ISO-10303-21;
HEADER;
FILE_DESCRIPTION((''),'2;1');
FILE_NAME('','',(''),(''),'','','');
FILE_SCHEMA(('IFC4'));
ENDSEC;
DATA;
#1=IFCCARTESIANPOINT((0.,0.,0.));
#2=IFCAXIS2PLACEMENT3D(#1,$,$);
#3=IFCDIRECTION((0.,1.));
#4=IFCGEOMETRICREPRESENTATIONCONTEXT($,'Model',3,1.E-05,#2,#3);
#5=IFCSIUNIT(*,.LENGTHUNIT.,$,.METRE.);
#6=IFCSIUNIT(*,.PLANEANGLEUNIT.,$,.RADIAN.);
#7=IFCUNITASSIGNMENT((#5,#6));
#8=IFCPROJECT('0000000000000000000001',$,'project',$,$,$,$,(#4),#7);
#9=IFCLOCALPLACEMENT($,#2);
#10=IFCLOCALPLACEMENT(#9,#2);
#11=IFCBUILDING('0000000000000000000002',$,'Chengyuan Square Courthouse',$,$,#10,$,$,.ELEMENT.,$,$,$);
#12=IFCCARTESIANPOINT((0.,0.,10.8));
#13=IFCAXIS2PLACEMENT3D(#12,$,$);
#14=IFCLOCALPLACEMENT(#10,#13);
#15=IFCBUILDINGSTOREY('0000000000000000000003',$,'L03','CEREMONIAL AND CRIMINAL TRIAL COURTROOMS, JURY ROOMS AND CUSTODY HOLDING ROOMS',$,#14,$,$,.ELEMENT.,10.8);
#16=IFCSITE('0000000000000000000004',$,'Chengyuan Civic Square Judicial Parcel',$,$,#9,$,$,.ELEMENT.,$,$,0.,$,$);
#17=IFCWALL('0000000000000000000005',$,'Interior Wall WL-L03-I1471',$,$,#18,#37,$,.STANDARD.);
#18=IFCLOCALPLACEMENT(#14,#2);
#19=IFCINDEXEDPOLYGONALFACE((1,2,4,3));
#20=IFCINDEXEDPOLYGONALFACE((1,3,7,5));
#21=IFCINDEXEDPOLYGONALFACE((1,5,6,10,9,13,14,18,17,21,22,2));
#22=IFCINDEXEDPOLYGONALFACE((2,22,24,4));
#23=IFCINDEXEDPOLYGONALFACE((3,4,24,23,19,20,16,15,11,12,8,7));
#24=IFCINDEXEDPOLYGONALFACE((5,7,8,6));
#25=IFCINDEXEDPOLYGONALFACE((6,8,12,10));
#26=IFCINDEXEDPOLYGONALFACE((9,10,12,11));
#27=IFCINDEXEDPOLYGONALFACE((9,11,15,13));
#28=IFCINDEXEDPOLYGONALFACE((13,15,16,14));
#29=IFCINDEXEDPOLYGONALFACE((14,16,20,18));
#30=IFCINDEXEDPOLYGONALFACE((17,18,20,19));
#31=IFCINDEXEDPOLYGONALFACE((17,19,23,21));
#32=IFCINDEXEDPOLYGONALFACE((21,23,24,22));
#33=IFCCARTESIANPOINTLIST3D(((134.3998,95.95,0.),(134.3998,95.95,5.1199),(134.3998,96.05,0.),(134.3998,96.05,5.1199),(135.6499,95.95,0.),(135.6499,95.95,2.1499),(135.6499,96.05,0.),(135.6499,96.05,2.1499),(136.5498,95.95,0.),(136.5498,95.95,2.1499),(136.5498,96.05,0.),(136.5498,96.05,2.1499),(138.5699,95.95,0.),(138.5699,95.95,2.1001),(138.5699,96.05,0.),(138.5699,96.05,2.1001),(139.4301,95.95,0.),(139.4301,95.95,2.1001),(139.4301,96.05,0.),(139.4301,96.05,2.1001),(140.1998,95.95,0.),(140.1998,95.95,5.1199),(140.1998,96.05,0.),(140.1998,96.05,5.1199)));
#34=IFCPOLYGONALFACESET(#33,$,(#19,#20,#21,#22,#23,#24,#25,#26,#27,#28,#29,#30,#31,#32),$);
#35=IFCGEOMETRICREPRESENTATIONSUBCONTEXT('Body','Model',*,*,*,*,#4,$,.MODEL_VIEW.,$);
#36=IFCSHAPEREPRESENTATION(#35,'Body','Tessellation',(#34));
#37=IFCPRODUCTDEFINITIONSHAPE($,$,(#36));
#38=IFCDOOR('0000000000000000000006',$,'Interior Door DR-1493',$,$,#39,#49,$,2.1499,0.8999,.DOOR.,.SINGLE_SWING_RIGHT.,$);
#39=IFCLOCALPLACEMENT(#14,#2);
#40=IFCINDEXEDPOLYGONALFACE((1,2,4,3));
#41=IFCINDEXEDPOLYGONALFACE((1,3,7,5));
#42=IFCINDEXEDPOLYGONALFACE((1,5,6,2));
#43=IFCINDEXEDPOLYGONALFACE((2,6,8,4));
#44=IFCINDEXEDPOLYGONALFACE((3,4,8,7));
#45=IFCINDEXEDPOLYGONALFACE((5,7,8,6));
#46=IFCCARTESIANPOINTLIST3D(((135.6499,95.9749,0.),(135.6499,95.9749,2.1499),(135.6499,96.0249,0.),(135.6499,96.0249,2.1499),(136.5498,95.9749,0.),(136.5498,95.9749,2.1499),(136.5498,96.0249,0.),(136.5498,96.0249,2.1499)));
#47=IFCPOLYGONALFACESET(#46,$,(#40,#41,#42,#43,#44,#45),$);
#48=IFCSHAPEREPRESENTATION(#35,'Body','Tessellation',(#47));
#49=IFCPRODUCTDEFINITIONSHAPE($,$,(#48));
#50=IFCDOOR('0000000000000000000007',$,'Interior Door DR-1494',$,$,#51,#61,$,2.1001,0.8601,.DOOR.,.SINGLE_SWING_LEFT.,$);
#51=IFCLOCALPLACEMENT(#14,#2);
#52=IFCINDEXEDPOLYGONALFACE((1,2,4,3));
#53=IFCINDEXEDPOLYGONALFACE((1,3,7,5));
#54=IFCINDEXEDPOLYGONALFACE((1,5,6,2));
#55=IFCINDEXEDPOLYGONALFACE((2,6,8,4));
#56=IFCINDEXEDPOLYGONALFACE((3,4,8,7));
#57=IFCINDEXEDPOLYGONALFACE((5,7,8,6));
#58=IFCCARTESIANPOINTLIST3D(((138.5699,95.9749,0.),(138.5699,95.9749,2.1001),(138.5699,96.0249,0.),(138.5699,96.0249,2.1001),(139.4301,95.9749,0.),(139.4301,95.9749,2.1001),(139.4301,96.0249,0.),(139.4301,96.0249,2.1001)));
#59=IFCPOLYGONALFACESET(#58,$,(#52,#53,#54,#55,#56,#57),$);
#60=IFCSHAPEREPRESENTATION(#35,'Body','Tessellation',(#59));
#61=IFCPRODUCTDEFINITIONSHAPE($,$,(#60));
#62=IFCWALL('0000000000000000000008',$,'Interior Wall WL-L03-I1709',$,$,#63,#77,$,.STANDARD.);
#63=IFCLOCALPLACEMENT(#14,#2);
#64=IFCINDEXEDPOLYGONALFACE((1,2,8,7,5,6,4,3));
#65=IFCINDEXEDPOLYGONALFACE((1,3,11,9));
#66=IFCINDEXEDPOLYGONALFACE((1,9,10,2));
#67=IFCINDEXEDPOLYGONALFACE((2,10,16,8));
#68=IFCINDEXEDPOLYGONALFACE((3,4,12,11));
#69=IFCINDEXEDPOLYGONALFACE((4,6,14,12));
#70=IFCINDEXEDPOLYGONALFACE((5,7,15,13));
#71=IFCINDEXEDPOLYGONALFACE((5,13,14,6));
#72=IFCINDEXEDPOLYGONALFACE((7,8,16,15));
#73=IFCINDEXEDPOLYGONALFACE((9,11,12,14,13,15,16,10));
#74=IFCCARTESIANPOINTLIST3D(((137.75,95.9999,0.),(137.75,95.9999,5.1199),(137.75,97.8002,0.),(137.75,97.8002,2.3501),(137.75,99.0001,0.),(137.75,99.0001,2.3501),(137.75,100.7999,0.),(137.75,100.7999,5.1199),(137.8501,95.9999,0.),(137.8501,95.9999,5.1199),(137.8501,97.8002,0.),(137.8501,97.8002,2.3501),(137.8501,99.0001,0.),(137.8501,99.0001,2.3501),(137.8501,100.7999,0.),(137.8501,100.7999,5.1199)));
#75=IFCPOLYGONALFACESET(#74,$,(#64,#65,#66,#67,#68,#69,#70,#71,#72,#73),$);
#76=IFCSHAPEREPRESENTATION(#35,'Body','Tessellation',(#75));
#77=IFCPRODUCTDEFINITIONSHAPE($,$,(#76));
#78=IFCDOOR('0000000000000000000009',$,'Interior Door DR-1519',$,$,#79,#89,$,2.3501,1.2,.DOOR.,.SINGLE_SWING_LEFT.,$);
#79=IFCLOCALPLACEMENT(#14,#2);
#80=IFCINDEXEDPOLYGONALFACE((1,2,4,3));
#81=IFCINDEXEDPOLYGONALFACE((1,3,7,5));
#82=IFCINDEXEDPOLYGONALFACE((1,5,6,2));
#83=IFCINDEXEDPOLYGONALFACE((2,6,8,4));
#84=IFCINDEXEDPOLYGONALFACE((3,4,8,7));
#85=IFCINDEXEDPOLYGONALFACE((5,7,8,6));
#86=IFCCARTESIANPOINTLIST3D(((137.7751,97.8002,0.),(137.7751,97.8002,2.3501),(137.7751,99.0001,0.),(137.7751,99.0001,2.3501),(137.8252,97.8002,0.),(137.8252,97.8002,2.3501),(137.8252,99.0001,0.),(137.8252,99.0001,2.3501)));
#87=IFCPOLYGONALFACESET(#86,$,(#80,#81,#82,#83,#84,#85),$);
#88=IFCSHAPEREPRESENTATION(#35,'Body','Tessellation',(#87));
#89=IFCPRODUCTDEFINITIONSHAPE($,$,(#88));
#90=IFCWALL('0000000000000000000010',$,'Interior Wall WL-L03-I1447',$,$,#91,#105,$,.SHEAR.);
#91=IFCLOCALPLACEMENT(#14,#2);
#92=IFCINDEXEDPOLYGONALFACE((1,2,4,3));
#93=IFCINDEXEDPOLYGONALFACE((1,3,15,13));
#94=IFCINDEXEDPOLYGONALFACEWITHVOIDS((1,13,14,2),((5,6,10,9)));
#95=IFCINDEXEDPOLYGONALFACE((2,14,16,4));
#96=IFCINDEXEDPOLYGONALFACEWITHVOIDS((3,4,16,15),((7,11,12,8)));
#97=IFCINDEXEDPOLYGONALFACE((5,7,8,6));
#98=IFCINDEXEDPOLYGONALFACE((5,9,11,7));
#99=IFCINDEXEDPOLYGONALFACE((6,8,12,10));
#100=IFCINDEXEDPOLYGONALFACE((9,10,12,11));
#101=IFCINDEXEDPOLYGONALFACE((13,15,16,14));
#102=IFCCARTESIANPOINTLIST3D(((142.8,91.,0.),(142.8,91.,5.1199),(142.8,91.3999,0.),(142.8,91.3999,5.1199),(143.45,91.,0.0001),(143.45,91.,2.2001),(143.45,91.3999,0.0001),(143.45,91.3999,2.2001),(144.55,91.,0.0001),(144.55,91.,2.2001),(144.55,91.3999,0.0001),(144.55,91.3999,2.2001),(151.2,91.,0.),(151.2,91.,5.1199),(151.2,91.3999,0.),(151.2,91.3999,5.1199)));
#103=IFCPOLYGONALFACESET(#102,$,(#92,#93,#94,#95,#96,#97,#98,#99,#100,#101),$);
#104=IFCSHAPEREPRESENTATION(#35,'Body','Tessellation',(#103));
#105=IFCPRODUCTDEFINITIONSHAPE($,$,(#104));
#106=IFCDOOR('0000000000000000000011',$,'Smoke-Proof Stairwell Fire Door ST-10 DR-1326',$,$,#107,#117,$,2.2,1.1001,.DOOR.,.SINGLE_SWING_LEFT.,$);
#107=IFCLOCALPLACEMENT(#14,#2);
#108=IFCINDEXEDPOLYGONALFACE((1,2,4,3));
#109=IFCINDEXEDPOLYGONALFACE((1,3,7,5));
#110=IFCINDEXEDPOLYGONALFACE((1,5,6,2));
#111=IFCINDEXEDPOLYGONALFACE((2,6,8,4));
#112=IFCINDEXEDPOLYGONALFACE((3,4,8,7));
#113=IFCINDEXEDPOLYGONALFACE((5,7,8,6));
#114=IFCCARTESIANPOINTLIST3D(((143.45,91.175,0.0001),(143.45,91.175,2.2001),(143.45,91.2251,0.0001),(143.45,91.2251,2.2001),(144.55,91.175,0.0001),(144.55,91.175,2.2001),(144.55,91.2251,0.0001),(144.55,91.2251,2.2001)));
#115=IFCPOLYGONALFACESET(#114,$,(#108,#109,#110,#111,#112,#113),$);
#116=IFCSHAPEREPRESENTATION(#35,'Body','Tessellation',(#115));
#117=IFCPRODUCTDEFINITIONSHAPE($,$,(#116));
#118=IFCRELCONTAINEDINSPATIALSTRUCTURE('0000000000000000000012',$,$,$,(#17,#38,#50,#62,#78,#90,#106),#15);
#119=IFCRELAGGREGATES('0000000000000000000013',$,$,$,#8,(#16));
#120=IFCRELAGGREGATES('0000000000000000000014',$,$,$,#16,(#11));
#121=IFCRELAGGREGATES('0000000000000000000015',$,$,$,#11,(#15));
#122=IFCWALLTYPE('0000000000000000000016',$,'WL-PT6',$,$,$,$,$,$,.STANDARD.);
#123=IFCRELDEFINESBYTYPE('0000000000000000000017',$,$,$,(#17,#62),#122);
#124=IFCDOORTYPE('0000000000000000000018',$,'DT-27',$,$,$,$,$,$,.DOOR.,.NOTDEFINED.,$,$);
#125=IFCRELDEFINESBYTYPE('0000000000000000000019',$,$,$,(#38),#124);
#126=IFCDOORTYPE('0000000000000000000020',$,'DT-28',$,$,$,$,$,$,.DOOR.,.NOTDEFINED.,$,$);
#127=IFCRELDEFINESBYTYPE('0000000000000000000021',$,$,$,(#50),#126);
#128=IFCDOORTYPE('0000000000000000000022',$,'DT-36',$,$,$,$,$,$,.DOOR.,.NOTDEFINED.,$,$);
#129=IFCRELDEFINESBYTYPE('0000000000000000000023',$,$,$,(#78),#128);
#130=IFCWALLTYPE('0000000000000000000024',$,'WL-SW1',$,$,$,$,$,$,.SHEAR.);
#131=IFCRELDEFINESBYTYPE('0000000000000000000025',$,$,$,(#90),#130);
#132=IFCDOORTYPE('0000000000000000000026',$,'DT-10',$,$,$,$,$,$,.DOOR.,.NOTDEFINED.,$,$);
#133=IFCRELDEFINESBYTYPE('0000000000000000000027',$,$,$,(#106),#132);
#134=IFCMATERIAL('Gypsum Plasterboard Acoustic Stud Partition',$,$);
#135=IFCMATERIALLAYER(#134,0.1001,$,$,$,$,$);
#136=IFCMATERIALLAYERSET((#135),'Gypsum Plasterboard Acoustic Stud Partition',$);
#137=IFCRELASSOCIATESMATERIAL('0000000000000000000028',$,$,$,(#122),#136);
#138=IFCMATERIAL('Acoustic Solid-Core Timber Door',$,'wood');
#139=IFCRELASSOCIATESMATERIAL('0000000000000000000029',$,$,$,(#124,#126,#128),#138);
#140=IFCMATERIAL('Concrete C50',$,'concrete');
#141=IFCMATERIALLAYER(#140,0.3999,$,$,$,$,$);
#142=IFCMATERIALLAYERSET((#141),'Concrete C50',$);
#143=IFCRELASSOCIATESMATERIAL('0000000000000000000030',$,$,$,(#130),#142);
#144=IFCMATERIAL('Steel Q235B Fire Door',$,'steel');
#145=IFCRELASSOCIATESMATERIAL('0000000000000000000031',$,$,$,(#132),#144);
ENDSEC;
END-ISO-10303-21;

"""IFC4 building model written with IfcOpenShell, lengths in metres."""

from ifc_helpers import new_model, si_unit, direction, frame, frame_2d, origin, place, context, subcontext, project, spatial, rectangle, extrude, material, layer, layer_set, type_object, element, fill, save


model = new_model("IFC4")

# Units and contexts
model_context = context("Model", 3, precision=1e-05, world=origin(), true_north=direction((0.0, 1.0)))
body_context = subcontext(model_context, "Body", "Model", "MODEL_VIEW")
ifc_project = project(units=[si_unit("LENGTHUNIT", "METRE"), si_unit("PLANEANGLEUNIT", "RADIAN")], contexts=[model_context])

# Site, building, storey
site_placement = place(None, origin())
site = spatial("IfcSite", under=ifc_project, at=site_placement, Name="Chengyuan Civic Square Judicial Parcel", CompositionType="ELEMENT", RefElevation=0.0)
building_placement = place(site_placement, origin())
building = spatial("IfcBuilding", under=site, at=building_placement, Name="Chengyuan Square Courthouse", CompositionType="ELEMENT")
storey_placement = place(building_placement, frame((0.0, 0.0, 10.8)))
storey = spatial("IfcBuildingStorey", under=building, at=storey_placement, Name="L03", Description="CEREMONIAL AND CRIMINAL TRIAL COURTROOMS, JURY ROOMS AND CUSTODY HOLDING ROOMS", CompositionType="ELEMENT", Elevation=10.8)

# Shared definitions
ifc_material_1 = material(Name="Concrete C50", Category="concrete")

# Shared definitions
ifc_material_2 = material(Name="Steel Q235B Fire Door", Category="steel")

# Wall, openings, doors
ifc_material_3 = material(Name="Gypsum Plasterboard Acoustic Stud Partition")
ifc_layer_1 = layer(ifc_material_3, 0.1001)
ifc_layer_set_1 = layer_set([ifc_layer_1], Name="Gypsum Plasterboard Acoustic Stud Partition")
wall_type_1 = type_object("IfcWallType", Name="WL-PT6", PredefinedType="STANDARD", material=ifc_layer_set_1)
wall_1_placement = place(storey_placement, frame((134.3999, 96.0, 0.0), z_axis=(0.0, 0.0, 1.0), x_axis=(1.0, 0.0, 0.0)))
wall_1 = element("IfcWall", 1, at=wall_1_placement, inside=storey, type_object=wall_type_1, Name="Interior Wall WL-L03-I1471", PredefinedType="STANDARD", context=body_context, shape_type="SweptSolid", body=[
    extrude(rectangle(XDim=5.8, YDim=0.1001, at=frame_2d((2.8999, 0.0))), origin(), (0.0, 0.0, 1.0), 5.1199),
])
opening_1_placement = place(wall_1_placement, frame((1.25, 0.0, 0.0)))
opening_1 = element("IfcOpeningElement", 2, at=opening_1_placement, cuts=wall_1, PredefinedType="OPENING", context=body_context, shape_type="SweptSolid", body=[
    extrude(rectangle(XDim=0.8999, YDim=2.1499, at=frame_2d((0.45, 1.075))), frame((0.0, 0.062, 0.0), z_axis=(0.0, -1.0, 0.0), x_axis=(1.0, 0.0, 0.0)), (0.0, 0.0, 1.0), 0.124),
])
opening_2_placement = place(wall_1_placement, frame((4.1699, 0.0, 0.0)))
opening_2 = element("IfcOpeningElement", 3, at=opening_2_placement, cuts=wall_1, PredefinedType="OPENING", context=body_context, shape_type="SweptSolid", body=[
    extrude(rectangle(XDim=0.8601, YDim=2.1001, at=frame_2d((0.4302, 1.05))), frame((0.0, 0.062, 0.0), z_axis=(0.0, -1.0, 0.0), x_axis=(1.0, 0.0, 0.0)), (0.0, 0.0, 1.0), 0.124),
])
ifc_material_4 = material(Name="Acoustic Solid-Core Timber Door", Category="wood")
door_type_1 = type_object("IfcDoorType", Name="DT-27", OperationType="NOTDEFINED", PredefinedType="DOOR", material=ifc_material_4)
door_1_placement = place(opening_1_placement, origin())
door_1 = element("IfcDoor", 4, at=door_1_placement, inside=storey, type_object=door_type_1, Name="Interior Door DR-1493", OperationType="SINGLE_SWING_RIGHT", OverallHeight=2.1499, OverallWidth=0.8999, PredefinedType="DOOR", context=body_context, shape_type="SweptSolid", body=[
    extrude(rectangle(XDim=0.8999, YDim=2.1499, at=frame_2d((0.45, 1.075))), frame((0.0, 0.0249, 0.0), z_axis=(0.0, -1.0, 0.0), x_axis=(1.0, 0.0, 0.0)), (0.0, 0.0, 1.0), 0.05),
])
fill(opening_1, door_1)
door_type_2 = type_object("IfcDoorType", Name="DT-28", OperationType="NOTDEFINED", PredefinedType="DOOR", material=ifc_material_4)
door_2_placement = place(opening_2_placement, origin())
door_2 = element("IfcDoor", 5, at=door_2_placement, inside=storey, type_object=door_type_2, Name="Interior Door DR-1494", OperationType="SINGLE_SWING_LEFT", OverallHeight=2.1001, OverallWidth=0.8601, PredefinedType="DOOR", context=body_context, shape_type="SweptSolid", body=[
    extrude(rectangle(XDim=0.8601, YDim=2.1001, at=frame_2d((0.4302, 1.05))), frame((0.0, 0.0249, 0.0), z_axis=(0.0, -1.0, 0.0), x_axis=(1.0, 0.0, 0.0)), (0.0, 0.0, 1.0), 0.05),
])
fill(opening_2, door_2)

# Walls, openings, doors
wall_2_placement = place(storey_placement, frame((137.8, 96.0, 0.0), z_axis=(0.0, 0.0, 1.0), x_axis=(0.0, 1.0, 0.0)))
wall_2 = element("IfcWall", 6, at=wall_2_placement, inside=storey, type_object=wall_type_1, Name="Interior Wall WL-L03-I1709", PredefinedType="STANDARD", context=body_context, shape_type="SweptSolid", body=[
    extrude(rectangle(XDim=4.8, YDim=0.1001, at=frame_2d((2.3999, 0.0))), origin(), (0.0, 0.0, 1.0), 5.1199),
])
opening_3_placement = place(wall_2_placement, frame((1.8, 0.0, 0.0)))
opening_3 = element("IfcOpeningElement", 7, at=opening_3_placement, cuts=wall_2, PredefinedType="OPENING", context=body_context, shape_type="SweptSolid", body=[
    extrude(rectangle(XDim=1.2, YDim=2.3501, at=frame_2d((0.6001, 1.175))), frame((0.0, 0.062, 0.0), z_axis=(0.0, -1.0, 0.0), x_axis=(1.0, 0.0, 0.0)), (0.0, 0.0, 1.0), 0.124),
])
door_type_3 = type_object("IfcDoorType", Name="DT-36", OperationType="NOTDEFINED", PredefinedType="DOOR", material=ifc_material_4)
door_3_placement = place(opening_3_placement, origin())
door_3 = element("IfcDoor", 8, at=door_3_placement, inside=storey, type_object=door_type_3, Name="Interior Door DR-1519", OperationType="SINGLE_SWING_LEFT", OverallHeight=2.3501, OverallWidth=1.2, PredefinedType="DOOR", context=body_context, shape_type="SweptSolid", body=[
    extrude(rectangle(XDim=1.2, YDim=2.3501, at=frame_2d((0.6001, 1.175))), frame((0.0, 0.0249, 0.0), z_axis=(0.0, -1.0, 0.0), x_axis=(1.0, 0.0, 0.0)), (0.0, 0.0, 1.0), 0.05),
])
fill(opening_3, door_3)
ifc_layer_2 = layer(ifc_material_1, 0.3999)
ifc_layer_set_2 = layer_set([ifc_layer_2], Name="Concrete C50")
wall_type_2 = type_object("IfcWallType", Name="WL-SW1", PredefinedType="SHEAR", material=ifc_layer_set_2)
wall_3_placement = place(storey_placement, frame((142.8, 91.2, 0.0), z_axis=(0.0, 0.0, 1.0), x_axis=(1.0, 0.0, 0.0)))
wall_3 = element("IfcWall", 9, at=wall_3_placement, inside=storey, type_object=wall_type_2, Name="Interior Wall WL-L03-I1447", PredefinedType="SHEAR", context=body_context, shape_type="SweptSolid", body=[
    extrude(rectangle(XDim=8.3999, YDim=0.3999, at=frame_2d((4.2, 0.0))), origin(), (0.0, 0.0, 1.0), 5.1199),
])
opening_4_placement = place(wall_3_placement, frame((0.6499, 0.0, 0.0)))
opening_4 = element("IfcOpeningElement", 10, at=opening_4_placement, cuts=wall_3, PredefinedType="OPENING", context=body_context, shape_type="SweptSolid", body=[
    extrude(rectangle(XDim=1.1001, YDim=2.2, at=frame_2d((0.55, 1.1001))), frame((0.0, 0.2119, 0.0), z_axis=(0.0, -1.0, 0.0), x_axis=(1.0, 0.0, 0.0)), (0.0, 0.0, 1.0), 0.4238),
])
door_type_4 = type_object("IfcDoorType", Name="DT-10", OperationType="NOTDEFINED", PredefinedType="DOOR", material=ifc_material_2)
door_4_placement = place(opening_4_placement, frame((1.1001, 0.0, 0.0), z_axis=(0.0, 0.0, 1.0), x_axis=(-1.0, 0.0, 0.0)))
door_4 = element("IfcDoor", 11, at=door_4_placement, inside=storey, type_object=door_type_4, Name="Smoke-Proof Stairwell Fire Door ST-10 DR-1326", OperationType="SINGLE_SWING_LEFT", OverallHeight=2.2, OverallWidth=1.1001, PredefinedType="DOOR", context=body_context, shape_type="SweptSolid", body=[
    extrude(rectangle(XDim=1.1001, YDim=2.2, at=frame_2d((0.55, 1.1001))), frame((0.0, 0.0249, 0.0), z_axis=(0.0, -1.0, 0.0), x_axis=(1.0, 0.0, 0.0)), (0.0, 0.0, 1.0), 0.05),
])
fill(opening_4, door_4)

save(model, "model.ifc")
